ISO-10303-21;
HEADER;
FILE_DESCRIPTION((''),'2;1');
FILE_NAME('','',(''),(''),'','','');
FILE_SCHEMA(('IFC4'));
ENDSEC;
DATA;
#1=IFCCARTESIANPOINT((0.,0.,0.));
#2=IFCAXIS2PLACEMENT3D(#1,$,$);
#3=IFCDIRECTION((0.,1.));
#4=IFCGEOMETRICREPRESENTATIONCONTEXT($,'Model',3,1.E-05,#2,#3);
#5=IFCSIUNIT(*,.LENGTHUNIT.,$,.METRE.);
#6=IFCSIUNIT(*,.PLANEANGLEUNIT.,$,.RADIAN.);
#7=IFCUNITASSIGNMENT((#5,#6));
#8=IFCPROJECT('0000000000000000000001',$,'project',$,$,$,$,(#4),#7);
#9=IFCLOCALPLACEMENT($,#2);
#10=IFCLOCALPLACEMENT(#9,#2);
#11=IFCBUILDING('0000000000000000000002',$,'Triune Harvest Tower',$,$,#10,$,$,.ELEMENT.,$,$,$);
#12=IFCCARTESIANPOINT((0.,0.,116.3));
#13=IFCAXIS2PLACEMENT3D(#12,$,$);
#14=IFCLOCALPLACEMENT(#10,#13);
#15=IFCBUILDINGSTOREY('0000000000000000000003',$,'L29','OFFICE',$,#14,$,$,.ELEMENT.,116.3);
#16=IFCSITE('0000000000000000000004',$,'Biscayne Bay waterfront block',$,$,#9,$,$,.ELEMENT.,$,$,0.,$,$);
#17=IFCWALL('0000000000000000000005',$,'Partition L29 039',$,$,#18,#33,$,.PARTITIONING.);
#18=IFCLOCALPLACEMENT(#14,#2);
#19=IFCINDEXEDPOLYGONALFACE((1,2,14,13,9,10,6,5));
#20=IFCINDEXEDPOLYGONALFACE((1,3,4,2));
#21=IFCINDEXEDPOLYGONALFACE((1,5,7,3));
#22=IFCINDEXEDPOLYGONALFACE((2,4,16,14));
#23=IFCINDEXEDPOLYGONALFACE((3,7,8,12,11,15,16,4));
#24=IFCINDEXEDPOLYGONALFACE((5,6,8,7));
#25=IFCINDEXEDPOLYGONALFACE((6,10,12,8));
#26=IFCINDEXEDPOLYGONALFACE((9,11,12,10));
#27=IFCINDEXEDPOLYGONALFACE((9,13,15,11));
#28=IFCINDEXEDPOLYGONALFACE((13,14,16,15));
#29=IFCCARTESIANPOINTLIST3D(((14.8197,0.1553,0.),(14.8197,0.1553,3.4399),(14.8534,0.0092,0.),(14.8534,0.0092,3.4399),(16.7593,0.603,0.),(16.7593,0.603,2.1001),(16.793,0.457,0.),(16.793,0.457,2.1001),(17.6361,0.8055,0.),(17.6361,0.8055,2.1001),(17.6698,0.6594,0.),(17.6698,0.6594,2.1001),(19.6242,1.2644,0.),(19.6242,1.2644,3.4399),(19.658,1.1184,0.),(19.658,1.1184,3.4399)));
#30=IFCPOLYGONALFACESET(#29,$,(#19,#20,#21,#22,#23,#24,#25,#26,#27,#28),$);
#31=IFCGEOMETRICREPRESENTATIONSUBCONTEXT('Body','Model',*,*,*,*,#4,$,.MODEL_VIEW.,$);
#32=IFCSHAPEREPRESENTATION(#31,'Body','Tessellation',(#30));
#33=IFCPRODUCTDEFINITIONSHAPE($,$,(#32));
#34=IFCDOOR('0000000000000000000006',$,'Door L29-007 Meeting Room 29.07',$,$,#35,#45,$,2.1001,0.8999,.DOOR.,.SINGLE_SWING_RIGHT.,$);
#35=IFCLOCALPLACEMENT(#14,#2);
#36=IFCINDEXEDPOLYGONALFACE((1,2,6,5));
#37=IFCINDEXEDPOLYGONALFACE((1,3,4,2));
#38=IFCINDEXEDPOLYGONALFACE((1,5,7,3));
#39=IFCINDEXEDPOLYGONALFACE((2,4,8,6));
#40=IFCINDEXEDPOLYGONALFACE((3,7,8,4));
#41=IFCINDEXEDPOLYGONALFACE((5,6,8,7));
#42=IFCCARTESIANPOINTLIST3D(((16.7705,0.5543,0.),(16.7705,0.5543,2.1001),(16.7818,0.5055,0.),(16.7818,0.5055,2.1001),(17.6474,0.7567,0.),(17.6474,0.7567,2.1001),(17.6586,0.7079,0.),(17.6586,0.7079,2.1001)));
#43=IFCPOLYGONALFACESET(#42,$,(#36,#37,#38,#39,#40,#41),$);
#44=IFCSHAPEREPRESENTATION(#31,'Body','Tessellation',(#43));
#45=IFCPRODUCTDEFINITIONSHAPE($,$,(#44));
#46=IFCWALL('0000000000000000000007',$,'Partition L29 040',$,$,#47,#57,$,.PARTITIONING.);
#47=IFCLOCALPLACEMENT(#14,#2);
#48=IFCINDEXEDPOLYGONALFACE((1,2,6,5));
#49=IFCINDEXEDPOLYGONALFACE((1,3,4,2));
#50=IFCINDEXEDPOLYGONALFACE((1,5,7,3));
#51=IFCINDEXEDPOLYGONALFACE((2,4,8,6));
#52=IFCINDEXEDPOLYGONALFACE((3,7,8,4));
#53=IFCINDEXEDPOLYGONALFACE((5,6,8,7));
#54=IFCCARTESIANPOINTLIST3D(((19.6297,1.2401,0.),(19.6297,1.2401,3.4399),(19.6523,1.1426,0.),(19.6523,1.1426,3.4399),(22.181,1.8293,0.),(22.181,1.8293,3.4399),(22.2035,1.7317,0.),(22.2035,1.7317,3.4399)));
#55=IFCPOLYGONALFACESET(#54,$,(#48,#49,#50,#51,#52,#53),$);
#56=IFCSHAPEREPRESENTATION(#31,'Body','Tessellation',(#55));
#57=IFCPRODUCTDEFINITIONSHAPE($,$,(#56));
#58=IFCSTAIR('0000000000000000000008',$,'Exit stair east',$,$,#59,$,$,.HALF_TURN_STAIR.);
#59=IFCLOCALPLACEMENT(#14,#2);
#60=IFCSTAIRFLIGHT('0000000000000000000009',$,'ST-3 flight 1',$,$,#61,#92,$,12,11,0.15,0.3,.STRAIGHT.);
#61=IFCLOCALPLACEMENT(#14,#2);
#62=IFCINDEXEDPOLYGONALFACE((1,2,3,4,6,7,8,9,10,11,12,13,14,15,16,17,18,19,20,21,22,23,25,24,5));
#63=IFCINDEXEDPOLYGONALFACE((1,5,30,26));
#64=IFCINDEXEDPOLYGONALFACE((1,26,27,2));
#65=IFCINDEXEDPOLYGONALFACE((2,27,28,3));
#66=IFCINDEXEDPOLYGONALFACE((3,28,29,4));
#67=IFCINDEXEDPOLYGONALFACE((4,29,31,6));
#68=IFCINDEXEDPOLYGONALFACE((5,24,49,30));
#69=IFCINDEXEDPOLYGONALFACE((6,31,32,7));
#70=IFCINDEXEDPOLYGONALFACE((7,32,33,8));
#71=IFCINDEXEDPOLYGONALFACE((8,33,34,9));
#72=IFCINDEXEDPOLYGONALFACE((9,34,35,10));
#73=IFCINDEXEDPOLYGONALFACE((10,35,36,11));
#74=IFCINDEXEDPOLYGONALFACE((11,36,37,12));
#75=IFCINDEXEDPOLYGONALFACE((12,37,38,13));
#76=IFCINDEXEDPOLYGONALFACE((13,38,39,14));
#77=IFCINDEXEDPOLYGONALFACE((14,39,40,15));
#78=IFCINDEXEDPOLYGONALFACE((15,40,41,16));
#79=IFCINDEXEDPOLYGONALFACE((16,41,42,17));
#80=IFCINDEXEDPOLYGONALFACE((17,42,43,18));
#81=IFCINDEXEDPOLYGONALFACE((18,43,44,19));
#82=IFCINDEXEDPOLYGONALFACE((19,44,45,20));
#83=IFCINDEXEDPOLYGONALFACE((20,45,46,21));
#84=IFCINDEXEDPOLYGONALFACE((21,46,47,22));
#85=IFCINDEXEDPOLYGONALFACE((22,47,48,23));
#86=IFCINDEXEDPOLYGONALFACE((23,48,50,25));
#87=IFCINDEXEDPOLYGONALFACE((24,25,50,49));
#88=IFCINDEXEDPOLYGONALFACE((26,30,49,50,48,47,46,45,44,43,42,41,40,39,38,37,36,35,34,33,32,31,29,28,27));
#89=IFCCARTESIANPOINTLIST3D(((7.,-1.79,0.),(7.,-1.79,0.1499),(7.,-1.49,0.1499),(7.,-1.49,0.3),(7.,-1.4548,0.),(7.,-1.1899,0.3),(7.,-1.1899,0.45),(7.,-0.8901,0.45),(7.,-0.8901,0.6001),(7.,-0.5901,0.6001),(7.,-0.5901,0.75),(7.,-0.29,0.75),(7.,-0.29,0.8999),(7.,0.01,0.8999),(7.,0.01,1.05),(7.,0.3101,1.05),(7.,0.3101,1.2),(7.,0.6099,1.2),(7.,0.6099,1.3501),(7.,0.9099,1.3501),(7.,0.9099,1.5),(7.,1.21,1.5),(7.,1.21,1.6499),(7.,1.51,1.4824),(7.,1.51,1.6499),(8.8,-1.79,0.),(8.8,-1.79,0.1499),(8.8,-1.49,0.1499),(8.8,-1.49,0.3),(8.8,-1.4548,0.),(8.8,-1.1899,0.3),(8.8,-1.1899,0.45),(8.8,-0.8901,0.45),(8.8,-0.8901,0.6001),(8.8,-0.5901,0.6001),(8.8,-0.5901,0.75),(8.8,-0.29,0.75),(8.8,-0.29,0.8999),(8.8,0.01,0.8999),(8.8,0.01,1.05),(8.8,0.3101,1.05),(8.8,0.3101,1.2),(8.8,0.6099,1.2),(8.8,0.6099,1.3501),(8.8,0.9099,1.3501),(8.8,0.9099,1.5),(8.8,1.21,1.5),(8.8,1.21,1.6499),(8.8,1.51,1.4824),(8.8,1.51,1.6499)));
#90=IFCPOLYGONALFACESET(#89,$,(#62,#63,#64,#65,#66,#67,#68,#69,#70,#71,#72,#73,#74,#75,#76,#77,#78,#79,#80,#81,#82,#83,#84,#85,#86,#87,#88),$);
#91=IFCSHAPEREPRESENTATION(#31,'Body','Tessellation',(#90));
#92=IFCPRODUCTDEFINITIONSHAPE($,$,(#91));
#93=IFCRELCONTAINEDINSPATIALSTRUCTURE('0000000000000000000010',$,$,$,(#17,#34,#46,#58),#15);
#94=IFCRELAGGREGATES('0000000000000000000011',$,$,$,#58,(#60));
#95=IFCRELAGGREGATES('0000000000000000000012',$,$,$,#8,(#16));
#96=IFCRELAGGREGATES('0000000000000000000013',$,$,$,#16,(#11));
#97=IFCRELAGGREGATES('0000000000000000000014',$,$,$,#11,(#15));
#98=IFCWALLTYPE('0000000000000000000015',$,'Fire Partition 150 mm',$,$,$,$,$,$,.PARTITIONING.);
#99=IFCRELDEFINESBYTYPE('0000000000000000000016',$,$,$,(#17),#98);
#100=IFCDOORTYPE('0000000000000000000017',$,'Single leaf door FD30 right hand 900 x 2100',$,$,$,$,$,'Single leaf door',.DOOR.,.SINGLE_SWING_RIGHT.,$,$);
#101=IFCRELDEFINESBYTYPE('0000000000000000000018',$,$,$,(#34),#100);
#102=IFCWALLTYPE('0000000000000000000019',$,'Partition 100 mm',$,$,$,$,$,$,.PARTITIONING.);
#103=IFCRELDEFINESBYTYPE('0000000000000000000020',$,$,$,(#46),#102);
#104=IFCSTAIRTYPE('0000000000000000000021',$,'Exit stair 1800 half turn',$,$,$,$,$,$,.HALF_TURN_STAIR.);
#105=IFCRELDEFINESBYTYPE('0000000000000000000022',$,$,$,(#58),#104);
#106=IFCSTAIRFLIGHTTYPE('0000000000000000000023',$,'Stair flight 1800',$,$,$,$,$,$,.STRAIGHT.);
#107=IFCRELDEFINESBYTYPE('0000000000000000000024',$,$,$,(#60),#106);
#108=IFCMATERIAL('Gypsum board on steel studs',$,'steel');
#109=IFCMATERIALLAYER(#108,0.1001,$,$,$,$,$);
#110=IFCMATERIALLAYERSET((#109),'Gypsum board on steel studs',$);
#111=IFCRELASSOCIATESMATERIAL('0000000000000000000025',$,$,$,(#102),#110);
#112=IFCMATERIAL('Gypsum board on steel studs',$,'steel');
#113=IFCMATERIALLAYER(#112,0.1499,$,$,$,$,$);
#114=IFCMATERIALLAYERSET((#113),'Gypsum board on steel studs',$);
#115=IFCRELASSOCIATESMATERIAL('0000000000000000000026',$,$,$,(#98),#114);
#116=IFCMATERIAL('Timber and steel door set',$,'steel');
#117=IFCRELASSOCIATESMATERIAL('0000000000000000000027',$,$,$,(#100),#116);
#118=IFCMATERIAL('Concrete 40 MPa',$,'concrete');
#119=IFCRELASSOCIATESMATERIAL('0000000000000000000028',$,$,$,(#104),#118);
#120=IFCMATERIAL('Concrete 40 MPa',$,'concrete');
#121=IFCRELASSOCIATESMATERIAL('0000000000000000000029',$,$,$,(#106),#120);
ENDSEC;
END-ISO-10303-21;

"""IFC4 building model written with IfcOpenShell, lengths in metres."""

from ifc_helpers import new_model, si_unit, direction, frame, frame_2d, origin, place, context, subcontext, project, spatial, polyline, rectangle, outline, extrude, source, transform, mapped, material, layer, layer_set, type_object, element, fill, aggregate, save


model = new_model("IFC4")

# Units and contexts
model_context = context("Model", 3, precision=1e-05, world=origin(), true_north=direction((0.0, 1.0)))
body_context = subcontext(model_context, "Body", "Model", "MODEL_VIEW")
ifc_project = project(units=[si_unit("LENGTHUNIT", "METRE"), si_unit("PLANEANGLEUNIT", "RADIAN")], contexts=[model_context])

# Site, building, storey
site_placement = place(None, origin())
site = spatial("IfcSite", under=ifc_project, at=site_placement, Name="Biscayne Bay waterfront block", CompositionType="ELEMENT", RefElevation=0.0)
building_placement = place(site_placement, origin())
building = spatial("IfcBuilding", under=site, at=building_placement, Name="Triune Harvest Tower", CompositionType="ELEMENT")
storey_placement = place(building_placement, frame((0.0, 0.0, 116.3)))
storey = spatial("IfcBuildingStorey", under=building, at=storey_placement, Name="L29", Description="OFFICE", CompositionType="ELEMENT", Elevation=116.3)

# Shared definitions
ifc_material_1 = material(Name="Gypsum board on steel studs", Category="steel")
ifc_layer_1 = layer(ifc_material_1, 0.1001)
ifc_layer_set_1 = layer_set([ifc_layer_1], Name="Gypsum board on steel studs")
wall_type_1 = type_object("IfcWallType", Name="Partition 100 mm", PredefinedType="PARTITIONING", material=ifc_layer_set_1)
ifc_material_2 = material(Name="Gypsum board on steel studs", Category="steel")
ifc_layer_2 = layer(ifc_material_2, 0.1499)
ifc_layer_set_2 = layer_set([ifc_layer_2], Name="Gypsum board on steel studs")
wall_type_2 = type_object("IfcWallType", Name="Fire Partition 150 mm", PredefinedType="PARTITIONING", material=ifc_layer_set_2)

# Wall, opening, door
shared_shape_1 = source(origin(), body_context, "Body", "SweptSolid", [
    extrude(rectangle(XDim=4.9309, YDim=0.1499, at=frame_2d((2.4653, 0.0))), origin(), (0.0, 0.0, 1.0), 3.4399),
])
wall_1_placement = place(storey_placement, frame((14.8367, 0.0823, 0.0), z_axis=(0.0, 0.0, 1.0), x_axis=(0.974373, 0.224939, 0.0)))
wall_1 = element("IfcWall", 1, at=wall_1_placement, inside=storey, type_object=wall_type_2, Name="Partition L29 039", PredefinedType="PARTITIONING", context=body_context, shape_type="MappedRepresentation", body=[
    mapped(shared_shape_1, transform((0.0, 0.0, 0.0), scale=1.0)),
])
opening_1_placement = place(wall_1_placement, frame((1.9905, 0.0, 0.0)))
opening_1 = element("IfcOpeningElement", 2, at=opening_1_placement, cuts=wall_1, PredefinedType="OPENING", context=body_context, shape_type="SweptSolid", body=[
    extrude(rectangle(XDim=0.8999, YDim=2.1001, at=frame_2d((0.45, 1.05))), frame((0.0, 0.085, 0.0), z_axis=(0.0, -1.0, 0.0), x_axis=(1.0, 0.0, 0.0)), (0.0, 0.0, 1.0), 0.1699),
])
ifc_material_3 = material(Name="Timber and steel door set", Category="steel")
door_type_1 = type_object("IfcDoorType", Name="Single leaf door FD30 right hand 900 x 2100", ElementType="Single leaf door", OperationType="SINGLE_SWING_RIGHT", PredefinedType="DOOR", material=ifc_material_3)
door_1_placement = place(opening_1_placement, origin())
door_1 = element("IfcDoor", 3, at=door_1_placement, inside=storey, type_object=door_type_1, Name="Door L29-007 Meeting Room 29.07", OperationType="SINGLE_SWING_RIGHT", OverallHeight=2.1001, OverallWidth=0.8999, PredefinedType="DOOR", context=body_context, shape_type="SweptSolid", body=[
    extrude(rectangle(XDim=0.8999, YDim=2.1001, at=frame_2d((0.45, 1.05))), frame((0.0, 0.0249, 0.0), z_axis=(0.0, -1.0, 0.0), x_axis=(1.0, 0.0, 0.0)), (0.0, 0.0, 1.0), 0.05),
])
fill(opening_1, door_1)

# Wall
shared_shape_2 = source(origin(), body_context, "Body", "SweptSolid", [
    extrude(rectangle(XDim=2.6184, YDim=0.1001, at=frame_2d((1.3091, 0.0))), origin(), (0.0, 0.0, 1.0), 3.4399),
])
wall_2_placement = place(storey_placement, frame((19.6411, 1.1914, 0.0), z_axis=(0.0, 0.0, 1.0), x_axis=(0.974361, 0.224989, 0.0)))
element("IfcWall", 4, at=wall_2_placement, inside=storey, type_object=wall_type_1, Name="Partition L29 040", PredefinedType="PARTITIONING", context=body_context, shape_type="MappedRepresentation", body=[
    mapped(shared_shape_2, transform((0.0, 0.0, 0.0), scale=1.0)),
])

# Stair, stair flight
ifc_material_4 = material(Name="Concrete 40 MPa", Category="concrete")
stair_type = type_object("IfcStairType", Name="Exit stair 1800 half turn", PredefinedType="HALF_TURN_STAIR", material=ifc_material_4)
stair_placement = place(storey_placement, origin())
stair = element("IfcStair", 5, at=stair_placement, inside=storey, type_object=stair_type, Name="Exit stair east", PredefinedType="HALF_TURN_STAIR")
ifc_material_5 = material(Name="Concrete 40 MPa", Category="concrete")
stair_flight_type = type_object("IfcStairFlightType", Name="Stair flight 1800", PredefinedType="STRAIGHT", material=ifc_material_5)
shared_shape_3 = source(origin(), body_context, "Body", "SweptSolid", [
    extrude(outline(polyline([(0.0, 0.0), (0.0, 0.1499), (0.3, 0.1499), (0.3, 0.3), (0.6001, 0.3), (0.6001, 0.45), (0.8999, 0.45), (0.8999, 0.6001), (1.2, 0.6001), (1.2, 0.75), (1.5, 0.75), (1.5, 0.8999), (1.8, 0.8999), (1.8, 1.05), (2.1001, 1.05), (2.1001, 1.2), (2.3999, 1.2), (2.3999, 1.3501), (2.7, 1.3501), (2.7, 1.5), (3.0, 1.5), (3.0, 1.6499), (3.3, 1.6499), (3.3, 1.8), (3.3, 1.4824), (0.3352, 0.0), (0.0, 0.0)])), frame((0.0, 0.8999, 0.0), z_axis=(0.0, -1.0, 0.0), x_axis=(1.0, 0.0, 0.0)), (0.0, 0.0, 1.0), 1.8),
])
stair_flight_placement = place(storey_placement, frame((7.8999, -1.79, 0.0), z_axis=(0.0, 0.0, 1.0), x_axis=(0.0, 1.0, 0.0)))
stair_flight = element("IfcStairFlight", 6, at=stair_flight_placement, type_object=stair_flight_type, Name="ST-3 flight 1", NumberOfRisers=12, NumberOfTreads=11, PredefinedType="STRAIGHT", RiserHeight=0.15, TreadLength=0.3, context=body_context, shape_type="MappedRepresentation", body=[
    mapped(shared_shape_3, transform((0.0, 0.0, 0.0), scale=1.0)),
])
aggregate(stair, [stair_flight])

save(model, "model.ifc")
